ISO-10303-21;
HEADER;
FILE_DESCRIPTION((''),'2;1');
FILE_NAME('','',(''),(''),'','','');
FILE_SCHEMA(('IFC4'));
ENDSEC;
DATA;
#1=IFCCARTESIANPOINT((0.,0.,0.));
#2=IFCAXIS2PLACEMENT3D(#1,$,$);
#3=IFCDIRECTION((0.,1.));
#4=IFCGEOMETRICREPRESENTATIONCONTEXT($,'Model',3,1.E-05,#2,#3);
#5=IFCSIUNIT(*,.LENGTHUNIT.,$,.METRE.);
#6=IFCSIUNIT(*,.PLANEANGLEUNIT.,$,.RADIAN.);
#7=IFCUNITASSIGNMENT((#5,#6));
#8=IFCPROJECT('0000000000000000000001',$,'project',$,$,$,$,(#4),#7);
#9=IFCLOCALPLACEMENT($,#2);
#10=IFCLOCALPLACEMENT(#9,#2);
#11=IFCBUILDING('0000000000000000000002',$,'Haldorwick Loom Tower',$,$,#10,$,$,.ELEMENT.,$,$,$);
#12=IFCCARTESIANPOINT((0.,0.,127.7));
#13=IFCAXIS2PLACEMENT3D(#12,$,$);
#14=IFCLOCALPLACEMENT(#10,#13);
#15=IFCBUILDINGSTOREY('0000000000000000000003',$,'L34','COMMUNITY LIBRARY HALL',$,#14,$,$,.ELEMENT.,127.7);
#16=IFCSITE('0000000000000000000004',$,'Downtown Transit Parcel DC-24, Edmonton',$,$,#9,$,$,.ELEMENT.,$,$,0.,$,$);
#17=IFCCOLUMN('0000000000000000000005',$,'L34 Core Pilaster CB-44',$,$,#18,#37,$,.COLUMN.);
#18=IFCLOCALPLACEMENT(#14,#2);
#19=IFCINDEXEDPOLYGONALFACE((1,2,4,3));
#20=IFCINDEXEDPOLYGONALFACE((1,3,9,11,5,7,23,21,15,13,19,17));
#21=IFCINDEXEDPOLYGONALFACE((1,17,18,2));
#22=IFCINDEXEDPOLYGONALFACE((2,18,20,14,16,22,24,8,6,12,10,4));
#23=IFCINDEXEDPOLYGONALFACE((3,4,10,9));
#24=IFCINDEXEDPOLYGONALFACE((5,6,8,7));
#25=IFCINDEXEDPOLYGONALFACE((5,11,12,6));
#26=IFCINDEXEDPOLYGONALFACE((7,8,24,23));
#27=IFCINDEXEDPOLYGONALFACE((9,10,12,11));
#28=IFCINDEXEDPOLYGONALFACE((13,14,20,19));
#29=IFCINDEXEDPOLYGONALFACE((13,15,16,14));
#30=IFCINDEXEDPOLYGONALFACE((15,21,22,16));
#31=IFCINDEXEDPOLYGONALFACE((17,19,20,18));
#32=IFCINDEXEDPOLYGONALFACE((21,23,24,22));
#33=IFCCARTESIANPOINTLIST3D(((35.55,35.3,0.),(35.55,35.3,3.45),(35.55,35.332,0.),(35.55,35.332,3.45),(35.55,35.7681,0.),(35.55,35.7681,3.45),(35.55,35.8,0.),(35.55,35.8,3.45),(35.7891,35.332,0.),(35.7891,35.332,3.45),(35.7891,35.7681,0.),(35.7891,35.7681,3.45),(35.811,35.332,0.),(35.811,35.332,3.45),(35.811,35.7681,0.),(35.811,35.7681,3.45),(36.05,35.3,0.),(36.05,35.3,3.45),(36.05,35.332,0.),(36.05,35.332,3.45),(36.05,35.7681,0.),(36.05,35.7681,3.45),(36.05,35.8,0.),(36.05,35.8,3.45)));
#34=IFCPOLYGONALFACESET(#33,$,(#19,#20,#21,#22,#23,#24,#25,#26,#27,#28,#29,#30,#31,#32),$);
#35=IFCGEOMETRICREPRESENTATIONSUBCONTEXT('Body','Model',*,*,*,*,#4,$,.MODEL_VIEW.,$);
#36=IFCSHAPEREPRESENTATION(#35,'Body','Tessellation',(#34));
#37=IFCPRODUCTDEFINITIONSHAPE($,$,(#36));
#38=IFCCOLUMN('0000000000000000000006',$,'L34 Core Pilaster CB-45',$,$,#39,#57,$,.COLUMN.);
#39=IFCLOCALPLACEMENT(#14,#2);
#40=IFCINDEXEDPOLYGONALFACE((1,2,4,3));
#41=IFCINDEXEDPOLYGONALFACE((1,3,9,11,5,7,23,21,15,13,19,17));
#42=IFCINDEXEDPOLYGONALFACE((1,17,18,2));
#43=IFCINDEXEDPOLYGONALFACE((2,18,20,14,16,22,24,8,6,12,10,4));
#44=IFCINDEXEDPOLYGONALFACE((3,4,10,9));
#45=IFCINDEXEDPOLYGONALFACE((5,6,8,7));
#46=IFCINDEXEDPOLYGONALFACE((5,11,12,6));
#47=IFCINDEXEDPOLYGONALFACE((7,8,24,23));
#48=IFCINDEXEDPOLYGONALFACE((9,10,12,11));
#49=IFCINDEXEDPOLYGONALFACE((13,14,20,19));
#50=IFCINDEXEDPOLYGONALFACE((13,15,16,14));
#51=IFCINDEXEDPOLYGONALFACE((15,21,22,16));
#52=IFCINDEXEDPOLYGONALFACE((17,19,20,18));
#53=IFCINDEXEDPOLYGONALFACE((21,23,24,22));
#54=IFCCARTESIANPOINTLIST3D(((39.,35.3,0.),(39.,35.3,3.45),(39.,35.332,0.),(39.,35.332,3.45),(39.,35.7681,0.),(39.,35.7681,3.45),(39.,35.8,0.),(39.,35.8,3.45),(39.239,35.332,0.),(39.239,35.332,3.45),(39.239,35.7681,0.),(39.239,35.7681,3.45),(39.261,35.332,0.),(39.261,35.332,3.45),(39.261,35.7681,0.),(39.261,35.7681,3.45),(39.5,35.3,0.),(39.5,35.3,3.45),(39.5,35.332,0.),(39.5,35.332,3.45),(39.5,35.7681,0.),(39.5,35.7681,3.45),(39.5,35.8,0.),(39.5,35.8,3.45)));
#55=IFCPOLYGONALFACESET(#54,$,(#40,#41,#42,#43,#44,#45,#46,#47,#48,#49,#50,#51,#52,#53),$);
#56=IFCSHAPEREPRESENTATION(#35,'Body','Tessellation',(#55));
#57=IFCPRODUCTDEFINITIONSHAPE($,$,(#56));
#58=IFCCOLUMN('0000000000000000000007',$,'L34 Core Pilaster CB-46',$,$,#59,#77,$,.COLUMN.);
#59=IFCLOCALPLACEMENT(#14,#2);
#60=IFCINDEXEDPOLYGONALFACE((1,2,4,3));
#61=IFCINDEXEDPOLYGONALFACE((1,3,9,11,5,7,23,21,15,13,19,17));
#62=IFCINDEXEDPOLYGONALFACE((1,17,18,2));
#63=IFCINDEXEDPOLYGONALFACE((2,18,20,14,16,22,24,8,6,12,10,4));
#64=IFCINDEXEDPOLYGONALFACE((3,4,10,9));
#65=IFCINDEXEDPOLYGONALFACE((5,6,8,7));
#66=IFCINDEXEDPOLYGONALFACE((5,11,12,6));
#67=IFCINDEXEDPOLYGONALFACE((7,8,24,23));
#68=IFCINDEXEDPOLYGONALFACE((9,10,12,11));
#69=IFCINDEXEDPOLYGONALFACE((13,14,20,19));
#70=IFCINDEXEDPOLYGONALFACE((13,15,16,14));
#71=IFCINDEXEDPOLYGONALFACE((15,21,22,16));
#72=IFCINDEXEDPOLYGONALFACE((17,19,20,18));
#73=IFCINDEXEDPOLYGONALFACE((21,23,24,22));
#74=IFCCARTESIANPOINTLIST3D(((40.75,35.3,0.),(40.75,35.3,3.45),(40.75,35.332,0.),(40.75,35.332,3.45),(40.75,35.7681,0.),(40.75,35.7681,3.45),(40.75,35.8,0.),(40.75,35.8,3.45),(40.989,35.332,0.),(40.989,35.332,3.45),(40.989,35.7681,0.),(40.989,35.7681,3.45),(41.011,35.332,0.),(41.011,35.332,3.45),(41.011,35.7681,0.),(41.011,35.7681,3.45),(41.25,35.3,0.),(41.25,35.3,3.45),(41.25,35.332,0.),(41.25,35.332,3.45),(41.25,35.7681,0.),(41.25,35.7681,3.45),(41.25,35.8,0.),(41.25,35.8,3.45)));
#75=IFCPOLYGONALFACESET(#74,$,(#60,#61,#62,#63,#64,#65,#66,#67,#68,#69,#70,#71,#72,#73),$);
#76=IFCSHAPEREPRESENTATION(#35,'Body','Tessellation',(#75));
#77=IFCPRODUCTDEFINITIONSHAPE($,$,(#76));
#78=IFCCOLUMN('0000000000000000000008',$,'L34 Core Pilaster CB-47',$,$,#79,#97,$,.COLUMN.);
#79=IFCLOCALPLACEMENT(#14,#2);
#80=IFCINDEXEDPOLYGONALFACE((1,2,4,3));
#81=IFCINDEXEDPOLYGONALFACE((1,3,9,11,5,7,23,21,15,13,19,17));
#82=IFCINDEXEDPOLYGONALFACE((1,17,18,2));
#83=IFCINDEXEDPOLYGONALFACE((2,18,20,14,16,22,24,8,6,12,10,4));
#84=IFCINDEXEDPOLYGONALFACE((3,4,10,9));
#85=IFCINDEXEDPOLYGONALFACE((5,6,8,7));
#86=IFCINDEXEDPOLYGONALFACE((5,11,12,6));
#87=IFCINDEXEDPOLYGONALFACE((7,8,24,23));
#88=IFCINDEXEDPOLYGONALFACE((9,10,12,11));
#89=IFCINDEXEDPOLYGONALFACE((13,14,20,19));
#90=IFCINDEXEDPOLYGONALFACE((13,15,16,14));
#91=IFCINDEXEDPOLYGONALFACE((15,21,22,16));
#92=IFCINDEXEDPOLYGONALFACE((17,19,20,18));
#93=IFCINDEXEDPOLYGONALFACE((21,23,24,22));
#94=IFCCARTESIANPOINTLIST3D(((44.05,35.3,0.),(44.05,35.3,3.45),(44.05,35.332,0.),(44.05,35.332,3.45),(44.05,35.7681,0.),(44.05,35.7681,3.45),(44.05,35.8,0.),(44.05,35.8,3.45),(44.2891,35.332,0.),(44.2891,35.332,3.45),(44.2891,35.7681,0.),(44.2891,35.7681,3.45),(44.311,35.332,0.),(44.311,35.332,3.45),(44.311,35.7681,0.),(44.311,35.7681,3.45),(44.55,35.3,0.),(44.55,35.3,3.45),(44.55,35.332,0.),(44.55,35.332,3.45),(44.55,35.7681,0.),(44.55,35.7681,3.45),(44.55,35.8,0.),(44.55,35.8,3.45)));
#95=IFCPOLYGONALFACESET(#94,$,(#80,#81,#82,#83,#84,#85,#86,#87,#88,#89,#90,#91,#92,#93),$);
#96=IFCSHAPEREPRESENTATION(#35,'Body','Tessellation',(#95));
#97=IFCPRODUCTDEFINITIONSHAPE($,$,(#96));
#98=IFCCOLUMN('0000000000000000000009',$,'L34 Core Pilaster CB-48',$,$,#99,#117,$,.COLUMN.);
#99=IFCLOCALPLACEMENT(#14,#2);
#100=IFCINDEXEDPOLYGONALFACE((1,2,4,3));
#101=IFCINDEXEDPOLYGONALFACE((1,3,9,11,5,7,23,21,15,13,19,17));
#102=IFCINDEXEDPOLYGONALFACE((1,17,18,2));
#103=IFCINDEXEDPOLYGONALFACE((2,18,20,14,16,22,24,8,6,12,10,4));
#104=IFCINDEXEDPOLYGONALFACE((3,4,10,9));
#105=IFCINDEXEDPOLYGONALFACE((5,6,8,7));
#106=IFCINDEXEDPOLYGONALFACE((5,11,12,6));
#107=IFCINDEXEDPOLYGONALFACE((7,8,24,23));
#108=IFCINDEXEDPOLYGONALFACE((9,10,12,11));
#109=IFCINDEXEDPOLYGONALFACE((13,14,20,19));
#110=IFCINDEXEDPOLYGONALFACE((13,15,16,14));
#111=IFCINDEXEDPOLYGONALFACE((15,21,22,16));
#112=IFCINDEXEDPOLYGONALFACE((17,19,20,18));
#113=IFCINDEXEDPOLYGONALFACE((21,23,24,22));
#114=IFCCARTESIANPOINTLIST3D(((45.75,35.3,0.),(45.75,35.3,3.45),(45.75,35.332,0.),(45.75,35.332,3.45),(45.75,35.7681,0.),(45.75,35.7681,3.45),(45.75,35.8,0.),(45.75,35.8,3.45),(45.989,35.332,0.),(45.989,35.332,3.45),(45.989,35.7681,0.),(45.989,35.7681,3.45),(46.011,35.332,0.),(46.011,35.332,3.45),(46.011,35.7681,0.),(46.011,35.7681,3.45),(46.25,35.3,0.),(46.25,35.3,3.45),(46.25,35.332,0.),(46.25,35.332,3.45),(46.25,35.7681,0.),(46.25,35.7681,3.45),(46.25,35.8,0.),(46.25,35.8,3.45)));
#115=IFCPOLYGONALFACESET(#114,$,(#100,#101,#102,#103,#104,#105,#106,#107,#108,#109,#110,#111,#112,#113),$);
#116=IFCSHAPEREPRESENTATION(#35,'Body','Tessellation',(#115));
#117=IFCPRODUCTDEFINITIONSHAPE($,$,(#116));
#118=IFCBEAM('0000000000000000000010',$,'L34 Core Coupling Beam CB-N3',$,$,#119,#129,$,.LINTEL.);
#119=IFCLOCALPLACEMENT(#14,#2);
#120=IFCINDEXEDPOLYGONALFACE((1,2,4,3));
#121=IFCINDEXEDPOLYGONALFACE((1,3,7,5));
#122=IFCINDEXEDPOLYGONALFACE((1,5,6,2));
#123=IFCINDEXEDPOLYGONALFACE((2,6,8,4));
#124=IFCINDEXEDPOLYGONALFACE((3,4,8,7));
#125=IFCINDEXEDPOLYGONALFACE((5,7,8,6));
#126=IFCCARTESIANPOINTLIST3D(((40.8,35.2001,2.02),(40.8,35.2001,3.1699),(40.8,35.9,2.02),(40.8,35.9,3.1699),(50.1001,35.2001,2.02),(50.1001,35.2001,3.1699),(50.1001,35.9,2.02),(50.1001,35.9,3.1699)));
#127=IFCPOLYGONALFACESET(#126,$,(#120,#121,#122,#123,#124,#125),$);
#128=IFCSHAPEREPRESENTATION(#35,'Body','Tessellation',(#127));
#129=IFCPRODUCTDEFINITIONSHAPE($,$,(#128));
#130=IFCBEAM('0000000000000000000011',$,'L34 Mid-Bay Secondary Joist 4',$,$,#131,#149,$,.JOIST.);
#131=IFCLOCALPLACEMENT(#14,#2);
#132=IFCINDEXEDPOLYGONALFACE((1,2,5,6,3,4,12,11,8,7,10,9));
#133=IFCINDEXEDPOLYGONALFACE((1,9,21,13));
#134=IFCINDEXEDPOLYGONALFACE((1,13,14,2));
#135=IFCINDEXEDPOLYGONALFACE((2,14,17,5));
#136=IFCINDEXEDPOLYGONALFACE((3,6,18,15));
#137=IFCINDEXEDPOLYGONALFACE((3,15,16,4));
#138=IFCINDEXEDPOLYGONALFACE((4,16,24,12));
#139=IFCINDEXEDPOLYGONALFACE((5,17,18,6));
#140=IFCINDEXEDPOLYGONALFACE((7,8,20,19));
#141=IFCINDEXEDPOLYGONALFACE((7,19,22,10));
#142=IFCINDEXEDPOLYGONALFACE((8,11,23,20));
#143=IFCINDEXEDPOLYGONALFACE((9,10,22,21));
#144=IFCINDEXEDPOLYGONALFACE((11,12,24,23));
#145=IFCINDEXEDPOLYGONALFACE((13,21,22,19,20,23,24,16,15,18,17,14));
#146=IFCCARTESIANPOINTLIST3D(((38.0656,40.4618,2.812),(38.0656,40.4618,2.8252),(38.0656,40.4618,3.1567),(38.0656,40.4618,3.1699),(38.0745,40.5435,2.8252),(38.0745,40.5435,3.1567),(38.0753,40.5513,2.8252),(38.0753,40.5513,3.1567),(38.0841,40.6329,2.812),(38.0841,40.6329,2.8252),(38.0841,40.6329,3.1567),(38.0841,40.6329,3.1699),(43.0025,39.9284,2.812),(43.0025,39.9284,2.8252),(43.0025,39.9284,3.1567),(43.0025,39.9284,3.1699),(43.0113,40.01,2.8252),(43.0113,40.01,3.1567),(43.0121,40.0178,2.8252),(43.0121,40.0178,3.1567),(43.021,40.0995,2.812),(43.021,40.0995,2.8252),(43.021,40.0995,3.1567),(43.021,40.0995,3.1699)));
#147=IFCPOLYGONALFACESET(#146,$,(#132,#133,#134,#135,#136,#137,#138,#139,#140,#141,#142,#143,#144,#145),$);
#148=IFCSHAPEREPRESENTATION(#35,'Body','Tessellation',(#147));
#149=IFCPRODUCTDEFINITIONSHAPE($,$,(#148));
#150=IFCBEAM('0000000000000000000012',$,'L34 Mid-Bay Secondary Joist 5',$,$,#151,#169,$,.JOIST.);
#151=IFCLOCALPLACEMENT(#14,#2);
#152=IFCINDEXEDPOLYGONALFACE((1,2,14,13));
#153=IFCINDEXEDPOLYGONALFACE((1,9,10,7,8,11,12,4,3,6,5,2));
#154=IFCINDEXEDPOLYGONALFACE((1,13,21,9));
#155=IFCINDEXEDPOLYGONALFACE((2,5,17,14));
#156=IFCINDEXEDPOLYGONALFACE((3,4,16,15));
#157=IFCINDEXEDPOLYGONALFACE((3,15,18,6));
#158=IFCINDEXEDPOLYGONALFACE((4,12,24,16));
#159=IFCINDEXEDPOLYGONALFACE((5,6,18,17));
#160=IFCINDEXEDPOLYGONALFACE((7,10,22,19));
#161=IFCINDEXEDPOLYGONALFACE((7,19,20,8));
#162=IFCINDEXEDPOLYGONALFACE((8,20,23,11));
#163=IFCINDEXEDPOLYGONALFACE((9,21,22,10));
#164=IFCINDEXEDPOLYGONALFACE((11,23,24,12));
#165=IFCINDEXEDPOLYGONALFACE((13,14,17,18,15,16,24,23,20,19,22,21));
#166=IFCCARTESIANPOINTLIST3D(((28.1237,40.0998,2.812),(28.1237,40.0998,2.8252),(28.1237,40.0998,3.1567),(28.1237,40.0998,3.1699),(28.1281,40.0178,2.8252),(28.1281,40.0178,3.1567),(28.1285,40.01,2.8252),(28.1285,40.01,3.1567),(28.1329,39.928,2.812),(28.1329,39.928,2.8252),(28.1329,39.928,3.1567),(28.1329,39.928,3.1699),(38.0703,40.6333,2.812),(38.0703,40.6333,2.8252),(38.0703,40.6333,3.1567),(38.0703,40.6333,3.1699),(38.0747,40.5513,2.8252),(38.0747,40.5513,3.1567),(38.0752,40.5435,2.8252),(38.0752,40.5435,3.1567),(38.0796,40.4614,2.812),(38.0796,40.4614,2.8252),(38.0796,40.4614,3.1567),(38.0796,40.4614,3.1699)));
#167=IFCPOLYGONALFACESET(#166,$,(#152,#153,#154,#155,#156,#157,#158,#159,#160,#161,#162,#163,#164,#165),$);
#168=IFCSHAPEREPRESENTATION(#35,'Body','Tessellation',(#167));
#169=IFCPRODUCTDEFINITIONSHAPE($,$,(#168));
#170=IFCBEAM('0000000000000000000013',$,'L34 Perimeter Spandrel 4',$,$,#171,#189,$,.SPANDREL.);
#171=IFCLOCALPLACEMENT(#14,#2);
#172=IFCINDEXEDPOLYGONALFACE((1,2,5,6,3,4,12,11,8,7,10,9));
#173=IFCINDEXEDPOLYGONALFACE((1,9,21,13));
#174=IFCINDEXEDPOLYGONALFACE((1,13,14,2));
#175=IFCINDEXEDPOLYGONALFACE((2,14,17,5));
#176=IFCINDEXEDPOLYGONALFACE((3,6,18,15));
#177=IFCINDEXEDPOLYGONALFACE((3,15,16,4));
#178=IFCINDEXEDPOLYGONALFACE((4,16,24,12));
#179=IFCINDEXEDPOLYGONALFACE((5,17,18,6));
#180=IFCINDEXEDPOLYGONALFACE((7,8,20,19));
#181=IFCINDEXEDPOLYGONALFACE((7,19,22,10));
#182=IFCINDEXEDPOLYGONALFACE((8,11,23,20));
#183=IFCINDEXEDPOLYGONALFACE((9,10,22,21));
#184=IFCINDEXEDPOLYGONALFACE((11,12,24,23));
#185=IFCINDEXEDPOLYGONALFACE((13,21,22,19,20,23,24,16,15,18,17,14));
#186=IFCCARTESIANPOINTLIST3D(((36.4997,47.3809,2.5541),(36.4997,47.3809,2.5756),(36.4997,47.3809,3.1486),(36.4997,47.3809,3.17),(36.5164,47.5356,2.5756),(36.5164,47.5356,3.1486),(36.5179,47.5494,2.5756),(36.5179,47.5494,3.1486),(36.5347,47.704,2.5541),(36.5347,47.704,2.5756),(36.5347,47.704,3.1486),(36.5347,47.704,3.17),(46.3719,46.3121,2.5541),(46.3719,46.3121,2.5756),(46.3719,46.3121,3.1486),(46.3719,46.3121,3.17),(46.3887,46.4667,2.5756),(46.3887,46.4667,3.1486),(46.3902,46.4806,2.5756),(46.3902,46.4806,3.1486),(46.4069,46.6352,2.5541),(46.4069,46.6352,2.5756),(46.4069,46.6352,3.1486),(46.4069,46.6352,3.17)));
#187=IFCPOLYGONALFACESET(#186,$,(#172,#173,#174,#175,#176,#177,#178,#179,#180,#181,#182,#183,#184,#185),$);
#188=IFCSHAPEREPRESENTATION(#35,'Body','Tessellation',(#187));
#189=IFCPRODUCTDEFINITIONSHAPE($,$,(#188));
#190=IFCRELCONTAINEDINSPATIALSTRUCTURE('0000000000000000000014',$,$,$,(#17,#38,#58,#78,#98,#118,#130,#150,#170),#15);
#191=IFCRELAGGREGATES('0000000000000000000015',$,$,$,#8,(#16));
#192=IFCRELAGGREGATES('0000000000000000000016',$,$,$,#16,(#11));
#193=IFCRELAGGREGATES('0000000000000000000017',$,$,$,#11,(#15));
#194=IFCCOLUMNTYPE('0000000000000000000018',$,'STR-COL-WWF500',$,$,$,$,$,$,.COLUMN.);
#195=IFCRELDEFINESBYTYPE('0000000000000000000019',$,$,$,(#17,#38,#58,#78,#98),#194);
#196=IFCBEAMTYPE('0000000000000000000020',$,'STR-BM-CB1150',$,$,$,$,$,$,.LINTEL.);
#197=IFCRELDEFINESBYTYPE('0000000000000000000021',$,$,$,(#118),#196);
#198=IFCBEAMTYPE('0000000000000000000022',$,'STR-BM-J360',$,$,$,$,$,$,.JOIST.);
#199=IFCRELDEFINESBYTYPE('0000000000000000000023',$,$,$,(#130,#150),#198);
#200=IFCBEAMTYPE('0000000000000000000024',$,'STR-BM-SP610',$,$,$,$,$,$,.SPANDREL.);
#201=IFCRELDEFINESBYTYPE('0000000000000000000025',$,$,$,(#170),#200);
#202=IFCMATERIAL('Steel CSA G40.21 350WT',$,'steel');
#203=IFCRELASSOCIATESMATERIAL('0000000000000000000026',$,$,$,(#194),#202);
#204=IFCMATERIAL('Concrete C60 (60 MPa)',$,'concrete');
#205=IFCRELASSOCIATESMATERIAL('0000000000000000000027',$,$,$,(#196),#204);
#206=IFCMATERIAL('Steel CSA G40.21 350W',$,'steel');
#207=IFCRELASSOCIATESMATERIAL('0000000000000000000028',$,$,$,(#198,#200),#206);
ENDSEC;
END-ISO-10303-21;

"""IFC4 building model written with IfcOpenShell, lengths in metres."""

from ifc_helpers import new_model, si_unit, direction, frame, origin, origin_2d, place, context, subcontext, project, spatial, rectangle, i_section, extrude, material, material_profile, profile_set, type_object, element, save


model = new_model("IFC4")

# Units and contexts
model_context = context("Model", 3, precision=1e-05, world=origin(), true_north=direction((0.0, 1.0)))
body_context = subcontext(model_context, "Body", "Model", "MODEL_VIEW")
ifc_project = project(units=[si_unit("LENGTHUNIT", "METRE"), si_unit("PLANEANGLEUNIT", "RADIAN")], contexts=[model_context])

# Site, building, storey
site_placement = place(None, origin())
site = spatial("IfcSite", under=ifc_project, at=site_placement, Name="Downtown Transit Parcel DC-24, Edmonton", CompositionType="ELEMENT", RefElevation=0.0)
building_placement = place(site_placement, origin())
building = spatial("IfcBuilding", under=site, at=building_placement, Name="Haldorwick Loom Tower", CompositionType="ELEMENT")
storey_placement = place(building_placement, frame((0.0, 0.0, 127.7)))
storey = spatial("IfcBuildingStorey", under=building, at=storey_placement, Name="L34", Description="COMMUNITY LIBRARY HALL", CompositionType="ELEMENT", Elevation=127.7)

# Columns
ifc_material_1 = material(Name="Concrete C60 (60 MPa)", Category="concrete")
ifc_material_2 = material(Name="Steel CSA G40.21 350WT", Category="steel")
ifc_material_profile_1 = material_profile(ifc_material_2, i_section(OverallWidth=0.5, OverallDepth=0.5, WebThickness=0.022, FlangeThickness=0.032, at=origin_2d()), Name="WWF500X500", Category="steel")
ifc_profile_set_1 = profile_set([ifc_material_profile_1], Name="Steel CSA G40.21 350WT")
column_type_1 = type_object("IfcColumnType", Name="STR-COL-WWF500", PredefinedType="COLUMN", material=ifc_profile_set_1)
for number, where, z_axis, x_axis, name in (
    (1, (35.8, 35.55, 0.0), (0.0, 0.0, 1.0), (1.0, 0.0, 0.0), "L34 Core Pilaster CB-44"),
    (2, (39.25, 35.55, 0.0), (0.0, 0.0, 1.0), (1.0, 0.0, 0.0), "L34 Core Pilaster CB-45"),
    (3, (41.0, 35.55, 0.0), (0.0, 0.0, 1.0), (1.0, 0.0, 0.0), "L34 Core Pilaster CB-46"),
    (4, (44.3, 35.55, 0.0), (0.0, 0.0, 1.0), (1.0, 0.0, 0.0), "L34 Core Pilaster CB-47"),
    (5, (46.0, 35.55, 0.0), (0.0, 0.0, 1.0), (1.0, 0.0, 0.0), "L34 Core Pilaster CB-48"),
):
    element("IfcColumn", number, at=place(storey_placement, frame(where, z_axis=z_axis, x_axis=x_axis)), inside=storey, type_object=column_type_1, Name=name, PredefinedType="COLUMN", context=body_context, shape_type="SweptSolid", body=[
        extrude(i_section(OverallWidth=0.5, OverallDepth=0.5, WebThickness=0.022, FlangeThickness=0.032, at=origin_2d()), origin(), (0.0, 0.0, 1.0), 3.45),
    ])

# Beams
ifc_material_profile_2 = material_profile(ifc_material_1, rectangle(XDim=0.7, YDim=1.1499, at=origin_2d()), Name="RC700X1150", Category="concrete")
ifc_profile_set_2 = profile_set([ifc_material_profile_2], Name="Concrete C60 (60 MPa)")
beam_type_1 = type_object("IfcBeamType", Name="STR-BM-CB1150", PredefinedType="LINTEL", material=ifc_profile_set_2)
beam_1_placement = place(storey_placement, frame((40.8, 35.55, 2.595), z_axis=(1.0, 0.0, 0.0), x_axis=(0.0, 1.0, 0.0)))
element("IfcBeam", 6, at=beam_1_placement, inside=storey, type_object=beam_type_1, Name="L34 Core Coupling Beam CB-N3", PredefinedType="LINTEL", context=body_context, shape_type="SweptSolid", body=[
    extrude(rectangle(XDim=0.7, YDim=1.1499, at=origin_2d()), origin(), (0.0, 0.0, 1.0), 9.3),
])
ifc_material_3 = material(Name="Steel CSA G40.21 350W", Category="steel")
ifc_material_profile_3 = material_profile(ifc_material_3, i_section(OverallWidth=0.1721, OverallDepth=0.3579, WebThickness=0.0078, FlangeThickness=0.0132, at=origin_2d()), Name="W360X57", Category="steel")
ifc_profile_set_3 = profile_set([ifc_material_profile_3], Name="Steel CSA G40.21 350W")
beam_type_2 = type_object("IfcBeamType", Name="STR-BM-J360", PredefinedType="JOIST", material=ifc_profile_set_3)
beam_2_placement = place(storey_placement, frame((43.0117, 40.0139, 2.991), z_axis=(-0.994213, 0.107431, 0.0), x_axis=(-0.107431, -0.994213, 0.0)))
element("IfcBeam", 7, at=beam_2_placement, inside=storey, type_object=beam_type_2, Name="L34 Mid-Bay Secondary Joist 4", PredefinedType="JOIST", context=body_context, shape_type="SweptSolid", body=[
    extrude(i_section(OverallWidth=0.1721, OverallDepth=0.3579, WebThickness=0.0078, FlangeThickness=0.0132, at=origin_2d()), origin(), (0.0, 0.0, 1.0), 4.9656),
])
beam_3_placement = place(storey_placement, frame((38.075, 40.5474, 2.991), z_axis=(-0.998565, -0.053555, 0.0), x_axis=(0.053555, -0.998565, 0.0)))
element("IfcBeam", 8, at=beam_3_placement, inside=storey, type_object=beam_type_2, Name="L34 Mid-Bay Secondary Joist 5", PredefinedType="JOIST", context=body_context, shape_type="SweptSolid", body=[
    extrude(i_section(OverallWidth=0.1721, OverallDepth=0.3579, WebThickness=0.0078, FlangeThickness=0.0132, at=origin_2d()), origin(), (0.0, 0.0, 1.0), 9.9609),
])
ifc_material_profile_4 = material_profile(ifc_material_3, i_section(OverallWidth=0.325, OverallDepth=0.616, WebThickness=0.0139, FlangeThickness=0.0215, at=origin_2d()), Name="W610X174", Category="steel")
ifc_profile_set_4 = profile_set([ifc_material_profile_4], Name="Steel CSA G40.21 350W")
beam_type_3 = type_object("IfcBeamType", Name="STR-BM-SP610", PredefinedType="SPANDREL", material=ifc_profile_set_4)
beam_4_placement = place(storey_placement, frame((46.3894, 46.4736, 2.8621), z_axis=(-0.99419, 0.107638, 0.0), x_axis=(-0.107638, -0.99419, 0.0)))
element("IfcBeam", 9, at=beam_4_placement, inside=storey, type_object=beam_type_3, Name="L34 Perimeter Spandrel 4", PredefinedType="SPANDREL", context=body_context, shape_type="SweptSolid", body=[
    extrude(i_section(OverallWidth=0.325, OverallDepth=0.616, WebThickness=0.0139, FlangeThickness=0.0215, at=origin_2d()), origin(), (0.0, 0.0, 1.0), 9.9299),
])

save(model, "model.ifc")
